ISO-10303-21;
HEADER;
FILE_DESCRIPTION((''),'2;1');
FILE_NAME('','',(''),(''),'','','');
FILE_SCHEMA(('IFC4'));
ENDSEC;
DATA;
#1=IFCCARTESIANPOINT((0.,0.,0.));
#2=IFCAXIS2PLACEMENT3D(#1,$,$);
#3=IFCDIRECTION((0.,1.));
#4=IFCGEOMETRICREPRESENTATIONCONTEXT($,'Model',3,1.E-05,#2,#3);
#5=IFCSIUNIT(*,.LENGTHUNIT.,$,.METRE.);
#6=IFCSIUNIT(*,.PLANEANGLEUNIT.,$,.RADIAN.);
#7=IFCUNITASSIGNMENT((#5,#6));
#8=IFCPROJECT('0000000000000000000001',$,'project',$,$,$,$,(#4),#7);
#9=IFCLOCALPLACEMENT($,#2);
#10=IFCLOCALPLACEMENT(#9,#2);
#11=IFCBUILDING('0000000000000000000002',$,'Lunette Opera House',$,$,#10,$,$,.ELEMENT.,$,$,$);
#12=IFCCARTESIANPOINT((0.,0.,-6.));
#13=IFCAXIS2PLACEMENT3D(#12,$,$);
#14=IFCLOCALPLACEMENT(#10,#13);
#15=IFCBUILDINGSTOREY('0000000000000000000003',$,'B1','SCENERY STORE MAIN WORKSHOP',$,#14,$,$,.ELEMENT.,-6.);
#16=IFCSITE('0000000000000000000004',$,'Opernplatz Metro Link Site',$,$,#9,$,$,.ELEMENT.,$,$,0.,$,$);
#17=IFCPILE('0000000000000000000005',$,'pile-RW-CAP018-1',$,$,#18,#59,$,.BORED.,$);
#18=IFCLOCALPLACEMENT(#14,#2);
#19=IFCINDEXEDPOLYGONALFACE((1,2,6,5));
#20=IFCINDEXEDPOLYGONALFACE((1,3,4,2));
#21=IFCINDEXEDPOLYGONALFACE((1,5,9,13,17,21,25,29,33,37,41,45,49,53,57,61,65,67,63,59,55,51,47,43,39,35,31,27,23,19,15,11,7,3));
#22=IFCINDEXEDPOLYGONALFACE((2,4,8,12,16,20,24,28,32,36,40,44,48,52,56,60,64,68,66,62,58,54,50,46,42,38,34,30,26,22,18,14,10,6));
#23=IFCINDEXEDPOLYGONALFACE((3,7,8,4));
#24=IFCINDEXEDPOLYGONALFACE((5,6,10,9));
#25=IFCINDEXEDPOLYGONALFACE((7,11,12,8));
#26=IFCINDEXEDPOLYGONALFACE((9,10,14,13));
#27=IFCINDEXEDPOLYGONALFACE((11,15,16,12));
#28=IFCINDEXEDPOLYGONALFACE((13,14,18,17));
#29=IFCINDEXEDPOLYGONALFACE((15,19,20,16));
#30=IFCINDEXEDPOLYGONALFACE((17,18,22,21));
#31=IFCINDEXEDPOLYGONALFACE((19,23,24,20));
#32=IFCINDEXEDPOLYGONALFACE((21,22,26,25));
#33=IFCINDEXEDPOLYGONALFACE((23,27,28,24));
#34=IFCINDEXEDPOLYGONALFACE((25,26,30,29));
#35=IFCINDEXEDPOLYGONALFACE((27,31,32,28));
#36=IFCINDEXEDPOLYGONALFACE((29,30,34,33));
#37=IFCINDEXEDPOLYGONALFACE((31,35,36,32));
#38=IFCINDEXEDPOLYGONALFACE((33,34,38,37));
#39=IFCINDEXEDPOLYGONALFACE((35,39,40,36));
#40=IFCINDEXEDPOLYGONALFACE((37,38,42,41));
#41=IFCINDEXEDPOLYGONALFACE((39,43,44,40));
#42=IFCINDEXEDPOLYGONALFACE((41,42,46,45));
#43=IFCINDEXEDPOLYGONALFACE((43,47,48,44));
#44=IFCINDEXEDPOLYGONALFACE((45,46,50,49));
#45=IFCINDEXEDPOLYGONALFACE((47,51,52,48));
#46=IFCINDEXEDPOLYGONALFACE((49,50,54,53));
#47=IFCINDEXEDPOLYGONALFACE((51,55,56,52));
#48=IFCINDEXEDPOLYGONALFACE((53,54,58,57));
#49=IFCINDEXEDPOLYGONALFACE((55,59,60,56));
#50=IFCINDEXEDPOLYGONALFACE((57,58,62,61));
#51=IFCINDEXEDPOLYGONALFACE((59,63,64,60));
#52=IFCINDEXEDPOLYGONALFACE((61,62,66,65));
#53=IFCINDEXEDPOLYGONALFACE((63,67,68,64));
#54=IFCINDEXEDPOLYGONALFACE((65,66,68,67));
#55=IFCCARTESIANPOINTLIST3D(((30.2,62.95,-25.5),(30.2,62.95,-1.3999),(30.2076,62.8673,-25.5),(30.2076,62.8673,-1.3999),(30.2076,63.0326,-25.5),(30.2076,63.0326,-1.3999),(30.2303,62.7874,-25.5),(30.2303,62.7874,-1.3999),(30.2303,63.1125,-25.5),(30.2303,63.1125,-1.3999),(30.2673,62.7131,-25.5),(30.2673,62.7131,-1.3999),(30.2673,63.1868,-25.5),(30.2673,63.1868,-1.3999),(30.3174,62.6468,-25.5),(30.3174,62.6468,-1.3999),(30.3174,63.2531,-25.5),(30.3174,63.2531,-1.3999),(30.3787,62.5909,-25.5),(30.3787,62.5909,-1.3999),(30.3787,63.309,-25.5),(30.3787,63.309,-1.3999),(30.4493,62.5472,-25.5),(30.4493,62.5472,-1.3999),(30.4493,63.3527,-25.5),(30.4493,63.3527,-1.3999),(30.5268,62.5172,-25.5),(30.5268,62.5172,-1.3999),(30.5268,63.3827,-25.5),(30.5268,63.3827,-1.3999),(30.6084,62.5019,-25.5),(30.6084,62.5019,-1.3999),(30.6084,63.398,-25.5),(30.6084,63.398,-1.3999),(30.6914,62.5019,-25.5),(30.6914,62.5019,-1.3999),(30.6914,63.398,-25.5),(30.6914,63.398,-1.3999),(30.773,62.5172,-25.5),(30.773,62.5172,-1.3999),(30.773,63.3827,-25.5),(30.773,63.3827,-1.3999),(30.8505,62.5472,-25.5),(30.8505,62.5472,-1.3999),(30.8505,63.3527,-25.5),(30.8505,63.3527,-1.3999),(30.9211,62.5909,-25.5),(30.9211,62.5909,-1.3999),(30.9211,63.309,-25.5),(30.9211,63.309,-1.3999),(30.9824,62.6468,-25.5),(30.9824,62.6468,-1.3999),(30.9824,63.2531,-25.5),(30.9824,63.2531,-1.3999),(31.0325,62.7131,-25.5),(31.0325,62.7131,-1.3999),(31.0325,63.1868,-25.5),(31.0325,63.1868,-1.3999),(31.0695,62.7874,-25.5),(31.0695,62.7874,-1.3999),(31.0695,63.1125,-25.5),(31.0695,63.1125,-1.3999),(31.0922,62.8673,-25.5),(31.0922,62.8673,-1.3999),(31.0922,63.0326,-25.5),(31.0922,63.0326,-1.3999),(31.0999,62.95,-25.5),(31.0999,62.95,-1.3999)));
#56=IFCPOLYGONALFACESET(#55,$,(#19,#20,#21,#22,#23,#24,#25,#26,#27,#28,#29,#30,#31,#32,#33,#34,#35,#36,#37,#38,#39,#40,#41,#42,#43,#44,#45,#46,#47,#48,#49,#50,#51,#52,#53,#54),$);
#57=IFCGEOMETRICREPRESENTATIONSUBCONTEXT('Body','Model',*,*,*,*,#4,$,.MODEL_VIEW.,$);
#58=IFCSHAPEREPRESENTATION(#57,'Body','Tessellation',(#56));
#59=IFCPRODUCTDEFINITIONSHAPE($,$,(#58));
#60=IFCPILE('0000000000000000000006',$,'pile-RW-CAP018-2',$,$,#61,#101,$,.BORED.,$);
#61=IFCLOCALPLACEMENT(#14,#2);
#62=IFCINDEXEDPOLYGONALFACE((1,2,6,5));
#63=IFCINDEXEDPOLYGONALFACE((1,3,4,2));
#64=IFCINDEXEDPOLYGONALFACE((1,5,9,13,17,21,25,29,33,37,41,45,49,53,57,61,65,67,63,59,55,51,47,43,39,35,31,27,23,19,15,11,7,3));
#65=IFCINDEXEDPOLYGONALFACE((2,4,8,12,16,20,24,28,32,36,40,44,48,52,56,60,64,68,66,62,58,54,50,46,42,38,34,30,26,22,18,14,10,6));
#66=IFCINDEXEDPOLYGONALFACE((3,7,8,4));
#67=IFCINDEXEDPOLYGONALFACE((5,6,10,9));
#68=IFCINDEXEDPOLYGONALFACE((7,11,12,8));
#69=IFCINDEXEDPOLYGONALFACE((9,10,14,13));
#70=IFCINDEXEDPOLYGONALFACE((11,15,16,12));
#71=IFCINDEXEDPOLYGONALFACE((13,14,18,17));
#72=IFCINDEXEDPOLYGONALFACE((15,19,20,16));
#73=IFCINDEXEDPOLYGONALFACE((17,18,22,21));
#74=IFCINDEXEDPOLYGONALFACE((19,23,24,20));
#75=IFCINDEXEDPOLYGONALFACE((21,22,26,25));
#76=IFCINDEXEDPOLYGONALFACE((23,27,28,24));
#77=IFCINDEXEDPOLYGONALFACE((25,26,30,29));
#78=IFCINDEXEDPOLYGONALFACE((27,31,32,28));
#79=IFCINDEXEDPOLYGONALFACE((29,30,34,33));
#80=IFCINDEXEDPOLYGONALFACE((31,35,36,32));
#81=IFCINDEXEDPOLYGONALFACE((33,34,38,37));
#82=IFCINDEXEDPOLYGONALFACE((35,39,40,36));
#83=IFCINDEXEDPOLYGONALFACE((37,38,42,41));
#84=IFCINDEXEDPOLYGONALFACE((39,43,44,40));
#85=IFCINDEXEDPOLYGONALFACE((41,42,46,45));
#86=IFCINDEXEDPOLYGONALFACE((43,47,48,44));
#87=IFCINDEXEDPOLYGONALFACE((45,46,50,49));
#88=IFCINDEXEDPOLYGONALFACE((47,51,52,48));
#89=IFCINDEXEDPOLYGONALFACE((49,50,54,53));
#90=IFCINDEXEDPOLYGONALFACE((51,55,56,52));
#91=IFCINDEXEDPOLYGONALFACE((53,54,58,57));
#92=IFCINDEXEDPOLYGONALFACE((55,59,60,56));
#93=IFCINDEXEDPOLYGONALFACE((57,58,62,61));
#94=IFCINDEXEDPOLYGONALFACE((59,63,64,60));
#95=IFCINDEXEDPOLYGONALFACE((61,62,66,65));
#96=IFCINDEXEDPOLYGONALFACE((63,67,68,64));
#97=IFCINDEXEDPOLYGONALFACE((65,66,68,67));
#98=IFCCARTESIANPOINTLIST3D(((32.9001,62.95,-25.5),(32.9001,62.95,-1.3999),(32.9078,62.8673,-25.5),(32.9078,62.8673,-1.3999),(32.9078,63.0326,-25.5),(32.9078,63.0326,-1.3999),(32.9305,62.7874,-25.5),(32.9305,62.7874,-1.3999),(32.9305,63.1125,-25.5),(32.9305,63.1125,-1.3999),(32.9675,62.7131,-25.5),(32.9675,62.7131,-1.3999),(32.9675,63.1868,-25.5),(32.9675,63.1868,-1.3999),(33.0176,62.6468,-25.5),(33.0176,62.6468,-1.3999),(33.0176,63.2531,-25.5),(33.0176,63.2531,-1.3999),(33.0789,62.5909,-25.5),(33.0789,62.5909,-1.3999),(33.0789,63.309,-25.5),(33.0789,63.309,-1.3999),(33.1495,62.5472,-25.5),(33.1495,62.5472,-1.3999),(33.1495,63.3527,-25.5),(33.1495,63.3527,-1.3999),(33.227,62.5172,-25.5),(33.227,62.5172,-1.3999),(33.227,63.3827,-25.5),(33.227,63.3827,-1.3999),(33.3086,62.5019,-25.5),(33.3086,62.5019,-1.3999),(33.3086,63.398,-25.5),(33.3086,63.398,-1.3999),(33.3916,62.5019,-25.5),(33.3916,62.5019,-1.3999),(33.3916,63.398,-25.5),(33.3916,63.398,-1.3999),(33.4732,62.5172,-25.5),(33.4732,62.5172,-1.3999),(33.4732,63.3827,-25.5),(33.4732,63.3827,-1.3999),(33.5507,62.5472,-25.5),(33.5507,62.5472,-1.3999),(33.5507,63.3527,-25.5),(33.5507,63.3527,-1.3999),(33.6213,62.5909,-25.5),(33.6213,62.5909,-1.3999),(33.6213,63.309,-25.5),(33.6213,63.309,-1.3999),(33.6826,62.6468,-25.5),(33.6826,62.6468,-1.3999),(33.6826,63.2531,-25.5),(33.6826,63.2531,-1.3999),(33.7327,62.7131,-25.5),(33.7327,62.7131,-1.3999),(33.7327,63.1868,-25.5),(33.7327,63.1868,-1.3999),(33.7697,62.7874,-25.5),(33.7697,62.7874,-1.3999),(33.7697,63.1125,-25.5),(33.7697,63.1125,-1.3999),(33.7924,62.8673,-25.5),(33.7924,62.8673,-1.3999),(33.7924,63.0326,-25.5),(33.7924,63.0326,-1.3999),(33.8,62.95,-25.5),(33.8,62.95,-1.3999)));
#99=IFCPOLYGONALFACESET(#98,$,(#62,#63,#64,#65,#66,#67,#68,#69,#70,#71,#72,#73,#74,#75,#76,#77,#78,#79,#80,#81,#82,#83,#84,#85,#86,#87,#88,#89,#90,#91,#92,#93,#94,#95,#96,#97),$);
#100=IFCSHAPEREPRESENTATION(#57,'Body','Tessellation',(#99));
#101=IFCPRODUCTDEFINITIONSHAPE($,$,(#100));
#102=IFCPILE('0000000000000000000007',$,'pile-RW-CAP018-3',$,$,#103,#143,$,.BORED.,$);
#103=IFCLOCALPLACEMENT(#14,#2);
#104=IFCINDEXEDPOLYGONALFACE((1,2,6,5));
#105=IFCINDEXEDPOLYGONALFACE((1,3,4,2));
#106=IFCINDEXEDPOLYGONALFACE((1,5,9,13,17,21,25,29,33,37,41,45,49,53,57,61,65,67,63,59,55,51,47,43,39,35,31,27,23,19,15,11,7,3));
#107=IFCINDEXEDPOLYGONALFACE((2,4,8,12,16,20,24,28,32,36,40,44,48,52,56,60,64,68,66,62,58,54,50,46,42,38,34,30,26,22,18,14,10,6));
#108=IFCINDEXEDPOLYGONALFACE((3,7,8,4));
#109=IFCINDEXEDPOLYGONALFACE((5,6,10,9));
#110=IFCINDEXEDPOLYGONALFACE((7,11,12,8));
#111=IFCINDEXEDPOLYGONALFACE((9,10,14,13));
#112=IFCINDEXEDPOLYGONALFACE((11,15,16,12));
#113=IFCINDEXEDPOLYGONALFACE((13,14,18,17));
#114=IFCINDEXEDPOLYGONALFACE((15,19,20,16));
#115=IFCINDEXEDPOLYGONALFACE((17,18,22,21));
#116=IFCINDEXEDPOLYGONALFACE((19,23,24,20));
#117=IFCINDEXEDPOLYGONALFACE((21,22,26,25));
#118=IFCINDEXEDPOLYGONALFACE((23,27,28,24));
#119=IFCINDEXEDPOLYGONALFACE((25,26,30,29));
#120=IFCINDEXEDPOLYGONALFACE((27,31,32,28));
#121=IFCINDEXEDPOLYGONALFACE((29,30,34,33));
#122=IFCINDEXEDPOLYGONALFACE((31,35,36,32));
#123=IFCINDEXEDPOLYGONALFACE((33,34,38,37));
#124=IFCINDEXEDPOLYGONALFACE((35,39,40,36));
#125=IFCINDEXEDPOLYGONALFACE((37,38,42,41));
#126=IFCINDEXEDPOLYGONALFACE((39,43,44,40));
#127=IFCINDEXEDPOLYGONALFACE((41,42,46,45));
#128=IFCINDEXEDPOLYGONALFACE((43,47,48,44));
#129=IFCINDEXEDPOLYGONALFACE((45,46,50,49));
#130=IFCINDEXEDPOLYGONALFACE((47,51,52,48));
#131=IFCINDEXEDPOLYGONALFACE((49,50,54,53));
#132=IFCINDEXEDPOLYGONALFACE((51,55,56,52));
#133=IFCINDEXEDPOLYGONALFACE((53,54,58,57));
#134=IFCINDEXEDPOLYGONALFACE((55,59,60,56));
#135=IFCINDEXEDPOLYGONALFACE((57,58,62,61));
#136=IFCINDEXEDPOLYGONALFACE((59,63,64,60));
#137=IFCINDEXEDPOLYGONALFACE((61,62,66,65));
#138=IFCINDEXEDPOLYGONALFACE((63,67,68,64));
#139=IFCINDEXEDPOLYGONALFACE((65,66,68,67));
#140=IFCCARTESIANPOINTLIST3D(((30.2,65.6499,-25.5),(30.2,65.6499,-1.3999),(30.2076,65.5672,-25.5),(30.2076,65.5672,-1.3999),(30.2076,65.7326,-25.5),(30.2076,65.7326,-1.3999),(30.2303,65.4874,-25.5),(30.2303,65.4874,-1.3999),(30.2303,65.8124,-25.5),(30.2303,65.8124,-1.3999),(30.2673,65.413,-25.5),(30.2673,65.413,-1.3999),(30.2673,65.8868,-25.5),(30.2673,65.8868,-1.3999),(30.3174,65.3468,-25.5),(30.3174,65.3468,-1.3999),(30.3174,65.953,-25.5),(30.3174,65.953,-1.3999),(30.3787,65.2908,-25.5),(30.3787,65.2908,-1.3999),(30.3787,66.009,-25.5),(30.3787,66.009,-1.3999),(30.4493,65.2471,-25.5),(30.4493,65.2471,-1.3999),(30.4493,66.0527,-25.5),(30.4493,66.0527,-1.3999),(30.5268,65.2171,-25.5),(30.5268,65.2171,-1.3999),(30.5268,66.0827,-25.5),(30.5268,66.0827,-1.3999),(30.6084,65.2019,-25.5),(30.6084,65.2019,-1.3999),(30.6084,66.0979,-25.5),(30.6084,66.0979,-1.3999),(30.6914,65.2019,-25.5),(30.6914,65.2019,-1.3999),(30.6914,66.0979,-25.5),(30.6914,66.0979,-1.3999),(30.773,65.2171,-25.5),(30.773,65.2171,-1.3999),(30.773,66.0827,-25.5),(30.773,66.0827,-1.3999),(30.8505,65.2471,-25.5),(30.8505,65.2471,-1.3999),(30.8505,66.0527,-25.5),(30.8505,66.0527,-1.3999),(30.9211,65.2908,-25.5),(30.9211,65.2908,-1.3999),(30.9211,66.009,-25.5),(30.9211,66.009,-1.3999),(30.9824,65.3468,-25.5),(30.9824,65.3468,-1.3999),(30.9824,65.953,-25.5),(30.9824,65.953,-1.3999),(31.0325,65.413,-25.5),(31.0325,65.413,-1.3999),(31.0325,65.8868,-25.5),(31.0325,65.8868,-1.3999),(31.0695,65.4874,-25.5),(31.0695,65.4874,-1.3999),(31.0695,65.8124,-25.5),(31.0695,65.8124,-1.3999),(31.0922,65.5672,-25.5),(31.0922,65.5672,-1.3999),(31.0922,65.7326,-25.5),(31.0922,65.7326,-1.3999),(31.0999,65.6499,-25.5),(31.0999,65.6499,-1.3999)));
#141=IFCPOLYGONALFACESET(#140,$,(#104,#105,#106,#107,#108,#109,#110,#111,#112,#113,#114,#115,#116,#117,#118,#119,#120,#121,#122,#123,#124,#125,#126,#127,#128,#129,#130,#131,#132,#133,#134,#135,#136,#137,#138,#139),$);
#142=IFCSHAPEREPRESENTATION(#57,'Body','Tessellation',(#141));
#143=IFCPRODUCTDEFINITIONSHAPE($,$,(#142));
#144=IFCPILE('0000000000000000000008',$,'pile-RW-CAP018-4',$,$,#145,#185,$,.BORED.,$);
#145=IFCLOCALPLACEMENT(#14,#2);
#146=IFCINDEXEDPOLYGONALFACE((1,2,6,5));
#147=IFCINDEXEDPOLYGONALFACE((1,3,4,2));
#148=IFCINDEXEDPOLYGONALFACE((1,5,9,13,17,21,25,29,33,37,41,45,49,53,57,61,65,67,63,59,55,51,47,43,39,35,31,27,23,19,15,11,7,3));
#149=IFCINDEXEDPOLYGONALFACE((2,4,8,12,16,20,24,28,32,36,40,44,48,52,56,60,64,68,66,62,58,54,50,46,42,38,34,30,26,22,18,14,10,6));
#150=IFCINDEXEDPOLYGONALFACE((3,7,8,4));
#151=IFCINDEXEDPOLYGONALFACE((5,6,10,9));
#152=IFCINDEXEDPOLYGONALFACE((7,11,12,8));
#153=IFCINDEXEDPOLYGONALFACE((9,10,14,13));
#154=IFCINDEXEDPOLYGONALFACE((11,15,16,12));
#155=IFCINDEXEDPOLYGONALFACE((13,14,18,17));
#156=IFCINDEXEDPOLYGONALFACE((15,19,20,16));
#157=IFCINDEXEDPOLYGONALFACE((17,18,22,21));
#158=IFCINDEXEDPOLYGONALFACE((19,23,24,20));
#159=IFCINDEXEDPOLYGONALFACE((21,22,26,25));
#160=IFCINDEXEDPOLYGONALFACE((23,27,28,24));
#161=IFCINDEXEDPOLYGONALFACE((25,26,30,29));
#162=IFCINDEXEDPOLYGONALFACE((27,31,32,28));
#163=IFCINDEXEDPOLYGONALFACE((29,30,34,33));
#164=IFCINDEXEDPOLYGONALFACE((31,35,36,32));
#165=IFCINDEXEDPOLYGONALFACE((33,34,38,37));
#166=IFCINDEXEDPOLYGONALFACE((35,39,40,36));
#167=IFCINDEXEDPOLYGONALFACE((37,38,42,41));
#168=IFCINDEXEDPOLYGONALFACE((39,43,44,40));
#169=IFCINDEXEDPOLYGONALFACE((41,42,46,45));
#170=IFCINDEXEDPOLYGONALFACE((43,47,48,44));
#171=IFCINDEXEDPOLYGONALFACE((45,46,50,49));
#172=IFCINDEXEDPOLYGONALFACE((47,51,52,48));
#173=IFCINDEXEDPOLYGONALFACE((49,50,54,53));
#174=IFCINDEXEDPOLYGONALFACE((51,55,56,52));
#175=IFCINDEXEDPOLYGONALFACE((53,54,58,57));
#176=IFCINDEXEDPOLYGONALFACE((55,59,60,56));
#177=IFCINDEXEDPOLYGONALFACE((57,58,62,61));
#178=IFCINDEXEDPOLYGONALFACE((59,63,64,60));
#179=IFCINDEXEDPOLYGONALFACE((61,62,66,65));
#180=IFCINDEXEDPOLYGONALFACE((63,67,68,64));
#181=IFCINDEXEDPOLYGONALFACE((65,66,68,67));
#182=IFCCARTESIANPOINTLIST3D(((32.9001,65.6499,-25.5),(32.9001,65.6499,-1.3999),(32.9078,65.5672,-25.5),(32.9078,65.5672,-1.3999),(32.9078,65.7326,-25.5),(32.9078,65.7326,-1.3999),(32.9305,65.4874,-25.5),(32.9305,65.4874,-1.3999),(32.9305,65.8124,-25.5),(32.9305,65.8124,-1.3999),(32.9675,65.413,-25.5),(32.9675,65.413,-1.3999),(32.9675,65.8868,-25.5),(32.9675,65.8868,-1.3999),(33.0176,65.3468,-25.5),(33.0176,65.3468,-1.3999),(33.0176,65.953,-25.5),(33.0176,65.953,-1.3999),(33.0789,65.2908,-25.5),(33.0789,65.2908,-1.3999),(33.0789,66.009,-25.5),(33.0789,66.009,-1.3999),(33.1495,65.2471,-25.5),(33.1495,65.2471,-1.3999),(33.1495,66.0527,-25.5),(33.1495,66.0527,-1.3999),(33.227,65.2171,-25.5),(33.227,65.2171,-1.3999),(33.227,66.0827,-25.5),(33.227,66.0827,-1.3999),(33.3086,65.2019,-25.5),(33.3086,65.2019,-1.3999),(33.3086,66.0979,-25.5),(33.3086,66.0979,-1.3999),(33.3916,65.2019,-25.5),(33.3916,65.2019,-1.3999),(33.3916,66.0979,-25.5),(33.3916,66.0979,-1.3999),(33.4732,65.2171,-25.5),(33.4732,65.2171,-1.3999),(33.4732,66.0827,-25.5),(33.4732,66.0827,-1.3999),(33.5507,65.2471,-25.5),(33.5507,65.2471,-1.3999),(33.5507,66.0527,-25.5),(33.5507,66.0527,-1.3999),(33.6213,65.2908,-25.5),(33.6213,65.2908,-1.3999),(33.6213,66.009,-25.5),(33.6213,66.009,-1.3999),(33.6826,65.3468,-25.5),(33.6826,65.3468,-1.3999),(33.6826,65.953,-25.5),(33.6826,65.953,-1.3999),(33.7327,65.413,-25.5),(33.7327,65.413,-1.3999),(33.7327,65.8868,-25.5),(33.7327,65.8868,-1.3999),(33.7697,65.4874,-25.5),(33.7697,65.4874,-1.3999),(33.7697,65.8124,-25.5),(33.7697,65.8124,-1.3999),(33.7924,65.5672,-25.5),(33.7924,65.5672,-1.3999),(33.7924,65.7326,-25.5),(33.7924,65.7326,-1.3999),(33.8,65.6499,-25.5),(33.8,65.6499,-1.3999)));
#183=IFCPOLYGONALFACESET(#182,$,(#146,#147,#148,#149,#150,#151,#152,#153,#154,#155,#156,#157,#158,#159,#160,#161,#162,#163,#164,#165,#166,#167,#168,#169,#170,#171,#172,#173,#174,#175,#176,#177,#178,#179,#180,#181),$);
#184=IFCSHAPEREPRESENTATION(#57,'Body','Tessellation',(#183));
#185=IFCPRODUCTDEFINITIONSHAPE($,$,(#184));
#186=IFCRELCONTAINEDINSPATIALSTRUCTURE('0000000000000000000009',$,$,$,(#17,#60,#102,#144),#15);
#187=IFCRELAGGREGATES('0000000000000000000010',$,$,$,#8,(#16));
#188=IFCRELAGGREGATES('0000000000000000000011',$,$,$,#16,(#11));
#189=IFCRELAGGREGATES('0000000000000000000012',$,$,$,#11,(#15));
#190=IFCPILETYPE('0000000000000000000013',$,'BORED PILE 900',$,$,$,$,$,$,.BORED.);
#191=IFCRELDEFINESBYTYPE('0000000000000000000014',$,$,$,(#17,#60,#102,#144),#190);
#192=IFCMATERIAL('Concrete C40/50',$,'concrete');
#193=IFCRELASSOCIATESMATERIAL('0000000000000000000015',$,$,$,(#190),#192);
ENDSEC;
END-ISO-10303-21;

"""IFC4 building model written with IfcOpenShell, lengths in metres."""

from ifc_helpers import new_model, si_unit, direction, frame, origin, origin_2d, place, context, subcontext, project, spatial, circle, extrude, material, material_profile, profile_set, type_object, element, save


model = new_model("IFC4")

# Units and contexts
model_context = context("Model", 3, precision=1e-05, world=origin(), true_north=direction((0.0, 1.0)))
body_context = subcontext(model_context, "Body", "Model", "MODEL_VIEW")
ifc_project = project(units=[si_unit("LENGTHUNIT", "METRE"), si_unit("PLANEANGLEUNIT", "RADIAN")], contexts=[model_context])

# Site, building, storey
site_placement = place(None, origin())
site = spatial("IfcSite", under=ifc_project, at=site_placement, Name="Opernplatz Metro Link Site", CompositionType="ELEMENT", RefElevation=0.0)
building_placement = place(site_placement, origin())
building = spatial("IfcBuilding", under=site, at=building_placement, Name="Lunette Opera House", CompositionType="ELEMENT")
storey_placement = place(building_placement, frame((0.0, 0.0, -6.0)))
storey = spatial("IfcBuildingStorey", under=building, at=storey_placement, Name="B1", Description="SCENERY STORE MAIN WORKSHOP", CompositionType="ELEMENT", Elevation=-6.0)

# Piles
ifc_material_1 = material(Name="Concrete C40/50", Category="concrete")
ifc_material_profile_1 = material_profile(ifc_material_1, circle(Radius=0.45, at=origin_2d()), Name="BORED PILE 900")
ifc_profile_set_1 = profile_set([ifc_material_profile_1], Name="Concrete C40/50")
pile_type = type_object("IfcPileType", Name="BORED PILE 900", PredefinedType="BORED", material=ifc_profile_set_1)
for number, where, z_axis, x_axis, name in (
    (1, (30.6499, 62.95, -1.3999), (0.0, 0.0, -1.0), (1.0, 0.0, 0.0), "pile-RW-CAP018-1"),
    (2, (33.3501, 62.95, -1.3999), (0.0, 0.0, -1.0), (1.0, 0.0, 0.0), "pile-RW-CAP018-2"),
    (3, (30.6499, 65.6499, -1.3999), (0.0, 0.0, -1.0), (1.0, 0.0, 0.0), "pile-RW-CAP018-3"),
    (4, (33.3501, 65.6499, -1.3999), (0.0, 0.0, -1.0), (1.0, 0.0, 0.0), "pile-RW-CAP018-4"),
):
    element("IfcPile", number, at=place(storey_placement, frame(where, z_axis=z_axis, x_axis=x_axis)), inside=storey, type_object=pile_type, Name=name, PredefinedType="BORED", context=body_context, shape_type="SweptSolid", body=[
        extrude(circle(Radius=0.45, at=origin_2d()), origin(), (0.0, 0.0, 1.0), 24.1001),
    ])

save(model, "model.ifc")
